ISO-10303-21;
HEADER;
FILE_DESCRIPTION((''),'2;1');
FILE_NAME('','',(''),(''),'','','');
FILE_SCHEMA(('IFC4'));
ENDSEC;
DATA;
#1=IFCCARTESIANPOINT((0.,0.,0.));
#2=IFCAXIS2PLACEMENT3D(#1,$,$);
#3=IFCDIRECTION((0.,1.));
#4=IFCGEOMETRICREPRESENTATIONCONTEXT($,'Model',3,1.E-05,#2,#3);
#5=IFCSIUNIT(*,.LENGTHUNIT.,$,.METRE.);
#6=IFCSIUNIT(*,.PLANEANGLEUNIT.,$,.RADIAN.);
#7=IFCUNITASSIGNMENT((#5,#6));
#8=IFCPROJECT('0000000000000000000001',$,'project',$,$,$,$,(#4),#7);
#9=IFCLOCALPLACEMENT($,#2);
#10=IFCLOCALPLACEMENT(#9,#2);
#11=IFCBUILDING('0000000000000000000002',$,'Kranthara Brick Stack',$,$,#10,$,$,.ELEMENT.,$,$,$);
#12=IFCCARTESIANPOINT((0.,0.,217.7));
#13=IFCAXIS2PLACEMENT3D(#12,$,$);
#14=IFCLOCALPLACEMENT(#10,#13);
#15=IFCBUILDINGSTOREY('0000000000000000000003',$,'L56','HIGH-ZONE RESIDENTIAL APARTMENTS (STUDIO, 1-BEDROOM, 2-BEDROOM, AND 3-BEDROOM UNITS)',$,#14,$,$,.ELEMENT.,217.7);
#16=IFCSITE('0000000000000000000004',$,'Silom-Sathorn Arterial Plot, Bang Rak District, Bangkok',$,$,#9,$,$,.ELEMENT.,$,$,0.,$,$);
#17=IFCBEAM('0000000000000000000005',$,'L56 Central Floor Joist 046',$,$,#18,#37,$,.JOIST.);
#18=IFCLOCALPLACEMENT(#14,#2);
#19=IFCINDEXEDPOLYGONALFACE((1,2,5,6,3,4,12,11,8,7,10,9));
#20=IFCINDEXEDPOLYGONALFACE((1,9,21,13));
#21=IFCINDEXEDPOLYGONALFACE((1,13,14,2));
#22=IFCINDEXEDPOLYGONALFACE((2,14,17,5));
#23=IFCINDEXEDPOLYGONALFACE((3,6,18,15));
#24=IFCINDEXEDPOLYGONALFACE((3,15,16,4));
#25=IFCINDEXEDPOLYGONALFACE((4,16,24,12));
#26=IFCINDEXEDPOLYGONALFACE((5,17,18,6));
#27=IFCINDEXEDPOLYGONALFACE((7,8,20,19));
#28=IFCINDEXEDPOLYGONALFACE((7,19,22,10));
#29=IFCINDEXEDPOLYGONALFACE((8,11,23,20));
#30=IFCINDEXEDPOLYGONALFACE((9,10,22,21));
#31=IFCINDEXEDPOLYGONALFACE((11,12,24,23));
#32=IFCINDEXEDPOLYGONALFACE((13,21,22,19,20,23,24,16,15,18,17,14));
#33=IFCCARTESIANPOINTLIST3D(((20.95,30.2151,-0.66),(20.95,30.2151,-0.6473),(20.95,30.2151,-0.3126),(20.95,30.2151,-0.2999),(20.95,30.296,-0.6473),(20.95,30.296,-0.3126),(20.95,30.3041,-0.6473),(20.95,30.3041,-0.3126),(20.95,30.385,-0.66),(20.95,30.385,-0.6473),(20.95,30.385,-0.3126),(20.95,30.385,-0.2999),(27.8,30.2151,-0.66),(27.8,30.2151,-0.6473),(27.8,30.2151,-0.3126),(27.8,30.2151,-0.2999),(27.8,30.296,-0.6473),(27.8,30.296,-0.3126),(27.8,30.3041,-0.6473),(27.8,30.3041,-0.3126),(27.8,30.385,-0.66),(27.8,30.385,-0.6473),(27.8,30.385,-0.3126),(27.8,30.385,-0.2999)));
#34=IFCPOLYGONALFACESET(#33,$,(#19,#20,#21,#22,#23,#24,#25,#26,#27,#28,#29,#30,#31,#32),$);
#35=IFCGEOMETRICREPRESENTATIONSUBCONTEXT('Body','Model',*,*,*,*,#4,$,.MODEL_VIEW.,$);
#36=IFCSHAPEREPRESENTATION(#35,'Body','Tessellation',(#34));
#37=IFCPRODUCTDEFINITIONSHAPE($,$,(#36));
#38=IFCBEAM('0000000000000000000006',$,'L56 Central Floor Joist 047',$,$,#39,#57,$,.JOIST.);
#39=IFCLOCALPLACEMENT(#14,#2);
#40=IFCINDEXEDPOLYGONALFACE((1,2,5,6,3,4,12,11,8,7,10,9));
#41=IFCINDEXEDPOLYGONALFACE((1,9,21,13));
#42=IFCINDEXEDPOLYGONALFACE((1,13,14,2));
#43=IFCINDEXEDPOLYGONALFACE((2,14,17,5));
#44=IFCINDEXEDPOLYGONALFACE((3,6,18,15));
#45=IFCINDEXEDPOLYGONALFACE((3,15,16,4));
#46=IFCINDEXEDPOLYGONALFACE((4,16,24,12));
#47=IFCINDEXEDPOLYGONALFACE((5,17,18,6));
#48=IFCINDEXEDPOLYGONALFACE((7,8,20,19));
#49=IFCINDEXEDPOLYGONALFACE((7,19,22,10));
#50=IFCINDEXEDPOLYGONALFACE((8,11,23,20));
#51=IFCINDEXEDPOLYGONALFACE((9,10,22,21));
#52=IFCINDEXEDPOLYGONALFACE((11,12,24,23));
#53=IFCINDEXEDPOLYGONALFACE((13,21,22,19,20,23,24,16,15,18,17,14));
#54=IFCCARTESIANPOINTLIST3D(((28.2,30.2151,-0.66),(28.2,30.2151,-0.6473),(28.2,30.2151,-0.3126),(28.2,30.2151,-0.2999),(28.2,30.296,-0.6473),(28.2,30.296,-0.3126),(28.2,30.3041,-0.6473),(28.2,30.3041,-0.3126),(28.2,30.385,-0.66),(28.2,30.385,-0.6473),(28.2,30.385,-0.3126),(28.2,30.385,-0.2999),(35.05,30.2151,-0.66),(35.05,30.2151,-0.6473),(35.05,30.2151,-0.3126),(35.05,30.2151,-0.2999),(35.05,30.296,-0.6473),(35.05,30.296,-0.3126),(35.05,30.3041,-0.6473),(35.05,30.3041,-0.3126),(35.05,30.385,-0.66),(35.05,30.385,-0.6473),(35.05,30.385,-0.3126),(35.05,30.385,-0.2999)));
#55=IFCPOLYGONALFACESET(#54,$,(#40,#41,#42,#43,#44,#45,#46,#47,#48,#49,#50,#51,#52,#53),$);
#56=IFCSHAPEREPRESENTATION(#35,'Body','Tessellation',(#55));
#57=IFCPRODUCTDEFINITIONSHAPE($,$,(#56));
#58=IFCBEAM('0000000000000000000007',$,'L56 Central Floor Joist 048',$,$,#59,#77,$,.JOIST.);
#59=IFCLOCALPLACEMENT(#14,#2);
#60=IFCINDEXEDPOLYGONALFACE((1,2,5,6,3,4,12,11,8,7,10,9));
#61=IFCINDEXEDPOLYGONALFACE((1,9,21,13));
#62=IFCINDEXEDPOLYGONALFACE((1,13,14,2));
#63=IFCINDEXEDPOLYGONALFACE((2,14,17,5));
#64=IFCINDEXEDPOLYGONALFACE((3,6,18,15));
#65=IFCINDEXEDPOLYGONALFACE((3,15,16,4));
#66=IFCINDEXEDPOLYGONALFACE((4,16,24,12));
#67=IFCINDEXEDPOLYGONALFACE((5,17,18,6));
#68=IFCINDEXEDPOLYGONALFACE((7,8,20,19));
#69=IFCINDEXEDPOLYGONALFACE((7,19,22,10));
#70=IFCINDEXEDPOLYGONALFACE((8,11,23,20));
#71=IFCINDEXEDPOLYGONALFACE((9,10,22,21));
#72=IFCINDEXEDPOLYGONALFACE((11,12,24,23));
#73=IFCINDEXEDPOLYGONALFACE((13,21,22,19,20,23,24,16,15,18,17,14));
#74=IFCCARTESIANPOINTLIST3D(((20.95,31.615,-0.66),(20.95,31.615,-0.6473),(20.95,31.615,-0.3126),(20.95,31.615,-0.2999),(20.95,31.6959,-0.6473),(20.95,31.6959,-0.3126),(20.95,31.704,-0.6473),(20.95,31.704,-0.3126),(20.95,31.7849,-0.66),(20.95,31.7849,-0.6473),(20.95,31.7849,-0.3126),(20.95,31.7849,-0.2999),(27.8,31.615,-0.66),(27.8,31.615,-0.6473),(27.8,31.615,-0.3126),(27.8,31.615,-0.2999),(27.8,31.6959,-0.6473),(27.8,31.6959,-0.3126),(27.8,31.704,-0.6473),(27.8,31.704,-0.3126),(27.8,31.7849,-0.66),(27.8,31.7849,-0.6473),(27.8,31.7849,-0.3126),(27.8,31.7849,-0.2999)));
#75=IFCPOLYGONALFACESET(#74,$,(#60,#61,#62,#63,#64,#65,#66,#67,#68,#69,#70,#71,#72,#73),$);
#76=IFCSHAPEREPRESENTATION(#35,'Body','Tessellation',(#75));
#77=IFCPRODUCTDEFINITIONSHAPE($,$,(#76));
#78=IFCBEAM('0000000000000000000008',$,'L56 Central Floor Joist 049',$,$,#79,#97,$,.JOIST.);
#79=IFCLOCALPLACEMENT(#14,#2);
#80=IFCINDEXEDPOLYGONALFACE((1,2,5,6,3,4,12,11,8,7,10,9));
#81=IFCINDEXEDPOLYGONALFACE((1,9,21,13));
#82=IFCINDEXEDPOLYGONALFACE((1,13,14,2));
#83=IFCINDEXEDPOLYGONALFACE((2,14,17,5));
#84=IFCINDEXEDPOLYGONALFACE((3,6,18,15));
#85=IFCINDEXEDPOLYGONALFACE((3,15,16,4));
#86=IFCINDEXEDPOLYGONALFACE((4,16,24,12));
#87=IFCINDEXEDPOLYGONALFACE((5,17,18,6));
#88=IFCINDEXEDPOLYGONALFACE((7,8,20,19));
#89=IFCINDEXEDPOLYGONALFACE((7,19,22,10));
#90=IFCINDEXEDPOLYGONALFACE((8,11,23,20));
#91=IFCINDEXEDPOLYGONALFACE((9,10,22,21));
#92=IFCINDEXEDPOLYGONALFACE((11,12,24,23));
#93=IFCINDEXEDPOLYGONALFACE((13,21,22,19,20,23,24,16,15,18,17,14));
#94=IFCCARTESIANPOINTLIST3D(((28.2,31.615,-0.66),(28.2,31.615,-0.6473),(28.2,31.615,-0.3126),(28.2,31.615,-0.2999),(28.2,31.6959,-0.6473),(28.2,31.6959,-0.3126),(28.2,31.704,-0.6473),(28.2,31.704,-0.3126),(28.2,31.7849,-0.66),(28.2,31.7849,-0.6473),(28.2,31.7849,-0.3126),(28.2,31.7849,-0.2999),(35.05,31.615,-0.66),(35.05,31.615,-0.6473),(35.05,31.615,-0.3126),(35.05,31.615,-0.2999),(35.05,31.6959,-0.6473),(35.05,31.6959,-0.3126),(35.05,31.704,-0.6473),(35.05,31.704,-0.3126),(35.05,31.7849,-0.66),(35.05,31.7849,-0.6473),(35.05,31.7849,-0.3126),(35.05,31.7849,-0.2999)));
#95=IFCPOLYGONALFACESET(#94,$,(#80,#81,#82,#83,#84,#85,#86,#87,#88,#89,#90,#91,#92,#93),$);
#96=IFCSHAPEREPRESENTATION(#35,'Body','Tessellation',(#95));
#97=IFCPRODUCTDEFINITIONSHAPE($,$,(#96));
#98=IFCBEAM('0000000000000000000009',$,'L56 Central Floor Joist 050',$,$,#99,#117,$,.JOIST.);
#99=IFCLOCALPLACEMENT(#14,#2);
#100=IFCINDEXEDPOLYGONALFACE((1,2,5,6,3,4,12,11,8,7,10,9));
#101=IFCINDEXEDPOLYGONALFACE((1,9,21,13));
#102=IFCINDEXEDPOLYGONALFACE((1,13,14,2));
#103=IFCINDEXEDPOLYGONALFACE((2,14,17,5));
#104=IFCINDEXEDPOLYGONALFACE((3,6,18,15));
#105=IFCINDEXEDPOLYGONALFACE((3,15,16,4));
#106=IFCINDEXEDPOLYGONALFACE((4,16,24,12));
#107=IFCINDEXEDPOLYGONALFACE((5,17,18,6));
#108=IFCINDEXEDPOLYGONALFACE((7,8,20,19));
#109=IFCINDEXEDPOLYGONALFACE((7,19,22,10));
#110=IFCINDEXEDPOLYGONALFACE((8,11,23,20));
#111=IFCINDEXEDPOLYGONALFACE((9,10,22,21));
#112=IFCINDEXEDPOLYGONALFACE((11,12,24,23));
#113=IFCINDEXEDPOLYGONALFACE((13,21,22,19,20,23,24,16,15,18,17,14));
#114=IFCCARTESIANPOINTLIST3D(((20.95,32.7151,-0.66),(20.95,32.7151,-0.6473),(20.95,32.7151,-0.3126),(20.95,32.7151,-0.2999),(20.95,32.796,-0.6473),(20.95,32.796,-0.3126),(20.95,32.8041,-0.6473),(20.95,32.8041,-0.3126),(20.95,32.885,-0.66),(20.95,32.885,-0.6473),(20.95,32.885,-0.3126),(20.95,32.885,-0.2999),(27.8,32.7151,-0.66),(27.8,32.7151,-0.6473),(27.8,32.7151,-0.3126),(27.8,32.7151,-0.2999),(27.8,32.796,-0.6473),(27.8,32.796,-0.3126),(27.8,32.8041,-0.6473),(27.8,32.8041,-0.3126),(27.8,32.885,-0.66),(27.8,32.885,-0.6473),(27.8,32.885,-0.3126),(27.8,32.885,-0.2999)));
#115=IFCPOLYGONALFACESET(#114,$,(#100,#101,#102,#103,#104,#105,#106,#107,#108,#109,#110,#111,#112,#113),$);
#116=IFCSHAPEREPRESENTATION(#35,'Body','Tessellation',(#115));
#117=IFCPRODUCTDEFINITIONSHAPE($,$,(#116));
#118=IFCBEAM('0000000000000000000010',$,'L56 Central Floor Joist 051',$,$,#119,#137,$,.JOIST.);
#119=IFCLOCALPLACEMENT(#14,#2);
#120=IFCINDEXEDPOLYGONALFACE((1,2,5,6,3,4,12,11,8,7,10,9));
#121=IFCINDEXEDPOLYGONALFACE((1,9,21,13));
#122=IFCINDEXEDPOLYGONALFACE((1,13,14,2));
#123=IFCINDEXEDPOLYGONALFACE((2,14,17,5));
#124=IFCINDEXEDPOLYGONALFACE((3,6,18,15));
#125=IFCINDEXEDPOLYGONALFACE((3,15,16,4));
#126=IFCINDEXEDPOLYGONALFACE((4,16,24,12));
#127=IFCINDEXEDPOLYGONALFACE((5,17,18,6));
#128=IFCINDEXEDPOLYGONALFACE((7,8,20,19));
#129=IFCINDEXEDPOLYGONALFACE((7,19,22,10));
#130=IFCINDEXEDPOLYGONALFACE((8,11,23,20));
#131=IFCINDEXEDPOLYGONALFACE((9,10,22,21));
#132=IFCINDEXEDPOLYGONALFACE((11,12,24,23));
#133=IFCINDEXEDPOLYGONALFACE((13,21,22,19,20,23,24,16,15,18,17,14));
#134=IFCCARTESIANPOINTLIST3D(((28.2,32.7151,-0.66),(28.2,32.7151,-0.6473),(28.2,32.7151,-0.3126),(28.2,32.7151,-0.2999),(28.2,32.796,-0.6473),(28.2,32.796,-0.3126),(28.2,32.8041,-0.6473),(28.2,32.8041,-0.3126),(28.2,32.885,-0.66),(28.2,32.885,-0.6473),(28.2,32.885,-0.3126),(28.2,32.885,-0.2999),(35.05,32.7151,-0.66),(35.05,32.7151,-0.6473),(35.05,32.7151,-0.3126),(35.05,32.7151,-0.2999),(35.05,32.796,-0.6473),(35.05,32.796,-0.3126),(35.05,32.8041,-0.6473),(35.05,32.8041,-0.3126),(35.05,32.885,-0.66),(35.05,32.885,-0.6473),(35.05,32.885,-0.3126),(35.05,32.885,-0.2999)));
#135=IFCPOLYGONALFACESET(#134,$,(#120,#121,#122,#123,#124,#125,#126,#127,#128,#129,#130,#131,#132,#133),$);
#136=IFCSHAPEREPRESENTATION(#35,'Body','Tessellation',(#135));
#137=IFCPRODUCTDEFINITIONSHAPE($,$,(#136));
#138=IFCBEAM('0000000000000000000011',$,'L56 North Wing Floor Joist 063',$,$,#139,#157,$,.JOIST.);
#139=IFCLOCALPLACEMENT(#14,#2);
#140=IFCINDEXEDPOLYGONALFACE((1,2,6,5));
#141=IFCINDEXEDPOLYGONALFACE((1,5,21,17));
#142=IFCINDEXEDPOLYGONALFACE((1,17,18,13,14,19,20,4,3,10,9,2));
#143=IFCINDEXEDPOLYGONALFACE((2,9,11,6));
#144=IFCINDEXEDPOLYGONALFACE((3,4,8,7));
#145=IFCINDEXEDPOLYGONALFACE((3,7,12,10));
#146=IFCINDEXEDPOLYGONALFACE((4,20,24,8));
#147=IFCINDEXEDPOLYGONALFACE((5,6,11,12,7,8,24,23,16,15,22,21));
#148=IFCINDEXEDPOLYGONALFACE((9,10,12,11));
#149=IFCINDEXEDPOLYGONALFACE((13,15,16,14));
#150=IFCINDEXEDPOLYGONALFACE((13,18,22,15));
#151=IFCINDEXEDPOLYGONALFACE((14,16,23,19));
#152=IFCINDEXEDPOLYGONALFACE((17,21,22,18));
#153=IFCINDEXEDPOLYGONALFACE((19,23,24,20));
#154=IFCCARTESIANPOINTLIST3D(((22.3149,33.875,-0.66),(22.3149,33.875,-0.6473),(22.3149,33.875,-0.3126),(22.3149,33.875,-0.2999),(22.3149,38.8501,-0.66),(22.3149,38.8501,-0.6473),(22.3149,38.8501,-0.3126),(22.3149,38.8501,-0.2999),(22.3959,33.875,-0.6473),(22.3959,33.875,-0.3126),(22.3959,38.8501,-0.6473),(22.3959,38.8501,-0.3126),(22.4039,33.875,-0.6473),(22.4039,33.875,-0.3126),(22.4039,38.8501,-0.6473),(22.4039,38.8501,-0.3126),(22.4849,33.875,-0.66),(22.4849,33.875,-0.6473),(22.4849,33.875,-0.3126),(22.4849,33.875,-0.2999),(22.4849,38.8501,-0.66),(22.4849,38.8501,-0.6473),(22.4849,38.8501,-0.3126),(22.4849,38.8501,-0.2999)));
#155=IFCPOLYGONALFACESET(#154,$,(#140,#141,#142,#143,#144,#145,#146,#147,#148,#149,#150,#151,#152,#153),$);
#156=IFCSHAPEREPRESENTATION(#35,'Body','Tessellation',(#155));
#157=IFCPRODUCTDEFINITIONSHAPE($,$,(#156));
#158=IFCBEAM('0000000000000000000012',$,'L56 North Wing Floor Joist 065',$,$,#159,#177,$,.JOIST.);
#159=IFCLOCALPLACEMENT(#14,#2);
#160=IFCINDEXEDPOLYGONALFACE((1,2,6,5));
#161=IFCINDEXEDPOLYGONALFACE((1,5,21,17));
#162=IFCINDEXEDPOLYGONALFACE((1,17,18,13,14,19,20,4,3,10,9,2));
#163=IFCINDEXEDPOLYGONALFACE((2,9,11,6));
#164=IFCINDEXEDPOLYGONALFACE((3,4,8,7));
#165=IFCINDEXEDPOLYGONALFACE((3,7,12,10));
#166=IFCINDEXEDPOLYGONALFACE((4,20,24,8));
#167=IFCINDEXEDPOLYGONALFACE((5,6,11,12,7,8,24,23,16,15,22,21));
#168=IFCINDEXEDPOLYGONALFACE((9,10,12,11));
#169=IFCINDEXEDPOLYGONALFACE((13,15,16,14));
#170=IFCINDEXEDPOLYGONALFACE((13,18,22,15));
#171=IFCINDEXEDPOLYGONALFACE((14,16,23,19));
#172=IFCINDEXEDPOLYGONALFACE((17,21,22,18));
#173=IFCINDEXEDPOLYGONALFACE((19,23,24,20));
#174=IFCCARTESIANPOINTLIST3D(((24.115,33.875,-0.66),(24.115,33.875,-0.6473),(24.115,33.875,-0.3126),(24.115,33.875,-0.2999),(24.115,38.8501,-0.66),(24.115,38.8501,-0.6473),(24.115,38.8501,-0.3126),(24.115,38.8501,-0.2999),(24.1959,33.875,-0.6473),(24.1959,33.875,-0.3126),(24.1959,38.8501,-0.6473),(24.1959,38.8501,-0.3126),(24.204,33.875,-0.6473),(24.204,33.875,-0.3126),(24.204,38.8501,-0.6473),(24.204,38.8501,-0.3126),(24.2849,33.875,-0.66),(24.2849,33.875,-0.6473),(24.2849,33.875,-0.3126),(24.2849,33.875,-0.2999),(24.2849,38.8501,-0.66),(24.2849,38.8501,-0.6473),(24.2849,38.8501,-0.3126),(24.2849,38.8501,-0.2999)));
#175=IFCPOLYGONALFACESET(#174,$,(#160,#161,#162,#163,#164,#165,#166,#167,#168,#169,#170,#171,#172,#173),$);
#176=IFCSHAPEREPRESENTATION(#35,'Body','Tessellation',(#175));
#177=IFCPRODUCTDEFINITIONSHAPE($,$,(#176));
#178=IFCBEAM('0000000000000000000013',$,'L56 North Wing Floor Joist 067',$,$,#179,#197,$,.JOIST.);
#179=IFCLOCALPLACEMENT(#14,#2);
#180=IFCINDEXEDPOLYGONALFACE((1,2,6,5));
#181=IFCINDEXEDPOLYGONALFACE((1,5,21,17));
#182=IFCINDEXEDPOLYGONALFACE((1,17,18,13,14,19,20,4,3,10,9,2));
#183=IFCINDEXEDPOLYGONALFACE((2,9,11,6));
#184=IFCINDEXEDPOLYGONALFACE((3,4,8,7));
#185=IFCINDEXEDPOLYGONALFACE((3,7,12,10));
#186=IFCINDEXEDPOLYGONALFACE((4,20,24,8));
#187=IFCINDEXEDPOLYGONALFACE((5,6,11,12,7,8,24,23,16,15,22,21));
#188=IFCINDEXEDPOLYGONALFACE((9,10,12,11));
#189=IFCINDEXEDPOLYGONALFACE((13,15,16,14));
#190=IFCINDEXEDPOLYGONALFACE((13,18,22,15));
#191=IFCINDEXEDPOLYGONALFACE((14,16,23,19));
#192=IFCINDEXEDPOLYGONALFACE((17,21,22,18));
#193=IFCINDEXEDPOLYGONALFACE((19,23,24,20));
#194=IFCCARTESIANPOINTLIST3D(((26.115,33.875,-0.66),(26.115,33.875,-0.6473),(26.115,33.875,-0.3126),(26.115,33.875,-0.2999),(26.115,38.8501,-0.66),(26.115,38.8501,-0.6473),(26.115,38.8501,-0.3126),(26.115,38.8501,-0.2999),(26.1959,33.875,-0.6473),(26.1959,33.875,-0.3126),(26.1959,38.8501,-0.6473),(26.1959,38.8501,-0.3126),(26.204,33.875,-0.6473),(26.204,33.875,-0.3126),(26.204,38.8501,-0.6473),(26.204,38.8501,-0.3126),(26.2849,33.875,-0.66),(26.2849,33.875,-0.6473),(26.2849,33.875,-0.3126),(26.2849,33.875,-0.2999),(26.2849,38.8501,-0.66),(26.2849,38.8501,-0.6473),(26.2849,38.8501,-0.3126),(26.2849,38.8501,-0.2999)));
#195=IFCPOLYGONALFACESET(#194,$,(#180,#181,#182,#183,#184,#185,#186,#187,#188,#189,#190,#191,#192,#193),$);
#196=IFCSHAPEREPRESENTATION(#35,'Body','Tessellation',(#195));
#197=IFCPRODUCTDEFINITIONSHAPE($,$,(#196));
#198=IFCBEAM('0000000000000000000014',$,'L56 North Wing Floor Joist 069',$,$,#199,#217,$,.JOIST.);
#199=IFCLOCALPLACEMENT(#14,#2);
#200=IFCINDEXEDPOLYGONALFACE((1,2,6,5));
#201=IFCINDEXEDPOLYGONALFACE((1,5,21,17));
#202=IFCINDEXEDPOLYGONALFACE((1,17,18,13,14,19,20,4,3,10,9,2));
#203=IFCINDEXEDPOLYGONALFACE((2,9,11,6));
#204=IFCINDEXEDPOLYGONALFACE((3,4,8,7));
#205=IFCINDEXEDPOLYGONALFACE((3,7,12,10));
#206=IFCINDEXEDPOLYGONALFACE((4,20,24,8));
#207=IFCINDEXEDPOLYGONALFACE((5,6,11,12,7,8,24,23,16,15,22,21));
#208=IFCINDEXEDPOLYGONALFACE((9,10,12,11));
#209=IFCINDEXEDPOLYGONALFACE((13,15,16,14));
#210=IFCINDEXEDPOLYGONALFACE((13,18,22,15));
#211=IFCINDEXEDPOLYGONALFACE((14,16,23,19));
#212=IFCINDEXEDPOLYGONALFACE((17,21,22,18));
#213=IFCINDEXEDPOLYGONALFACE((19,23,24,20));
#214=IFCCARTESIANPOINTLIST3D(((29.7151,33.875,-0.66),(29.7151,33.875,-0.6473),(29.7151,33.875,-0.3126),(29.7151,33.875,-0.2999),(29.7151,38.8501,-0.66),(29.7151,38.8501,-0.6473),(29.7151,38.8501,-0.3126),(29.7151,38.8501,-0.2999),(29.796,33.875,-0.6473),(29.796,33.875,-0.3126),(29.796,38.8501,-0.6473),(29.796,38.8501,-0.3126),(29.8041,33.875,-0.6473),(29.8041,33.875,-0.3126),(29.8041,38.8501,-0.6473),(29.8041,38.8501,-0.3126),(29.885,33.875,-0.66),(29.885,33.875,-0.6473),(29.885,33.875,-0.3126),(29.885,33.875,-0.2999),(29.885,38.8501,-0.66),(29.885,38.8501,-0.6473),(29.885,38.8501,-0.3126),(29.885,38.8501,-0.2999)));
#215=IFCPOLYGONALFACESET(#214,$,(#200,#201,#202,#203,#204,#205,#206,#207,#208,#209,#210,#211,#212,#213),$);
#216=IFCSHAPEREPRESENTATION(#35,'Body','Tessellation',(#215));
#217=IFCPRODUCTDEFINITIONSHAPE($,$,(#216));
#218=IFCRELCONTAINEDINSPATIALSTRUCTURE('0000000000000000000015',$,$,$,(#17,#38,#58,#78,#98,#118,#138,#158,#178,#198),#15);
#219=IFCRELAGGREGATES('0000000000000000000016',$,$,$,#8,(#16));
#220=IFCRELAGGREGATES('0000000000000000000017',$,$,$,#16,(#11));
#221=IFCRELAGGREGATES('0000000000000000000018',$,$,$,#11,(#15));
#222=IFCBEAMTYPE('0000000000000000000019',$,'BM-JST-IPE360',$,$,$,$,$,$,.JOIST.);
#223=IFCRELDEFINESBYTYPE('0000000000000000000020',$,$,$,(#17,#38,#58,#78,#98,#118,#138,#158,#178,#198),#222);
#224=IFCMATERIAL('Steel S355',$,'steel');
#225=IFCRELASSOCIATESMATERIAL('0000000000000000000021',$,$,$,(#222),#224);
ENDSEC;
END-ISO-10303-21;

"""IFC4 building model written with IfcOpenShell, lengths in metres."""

from ifc_helpers import new_model, si_unit, direction, frame, origin, origin_2d, place, context, subcontext, project, spatial, i_section, extrude, material, material_profile, profile_set, type_object, element, save


model = new_model("IFC4")

# Units and contexts
model_context = context("Model", 3, precision=1e-05, world=origin(), true_north=direction((0.0, 1.0)))
body_context = subcontext(model_context, "Body", "Model", "MODEL_VIEW")
ifc_project = project(units=[si_unit("LENGTHUNIT", "METRE"), si_unit("PLANEANGLEUNIT", "RADIAN")], contexts=[model_context])

# Site, building, storey
site_placement = place(None, origin())
site = spatial("IfcSite", under=ifc_project, at=site_placement, Name="Silom-Sathorn Arterial Plot, Bang Rak District, Bangkok", CompositionType="ELEMENT", RefElevation=0.0)
building_placement = place(site_placement, origin())
building = spatial("IfcBuilding", under=site, at=building_placement, Name="Kranthara Brick Stack", CompositionType="ELEMENT")
storey_placement = place(building_placement, frame((0.0, 0.0, 217.7)))
storey = spatial("IfcBuildingStorey", under=building, at=storey_placement, Name="L56", Description="HIGH-ZONE RESIDENTIAL APARTMENTS (STUDIO, 1-BEDROOM, 2-BEDROOM, AND 3-BEDROOM UNITS)", CompositionType="ELEMENT", Elevation=217.7)

# Beams
ifc_material_1 = material(Name="Steel S355", Category="steel")
ifc_material_profile_1 = material_profile(ifc_material_1, i_section(OverallWidth=0.1699, OverallDepth=0.3601, WebThickness=0.0081, FlangeThickness=0.0127, at=origin_2d()), Name="IPE 360")
ifc_profile_set_1 = profile_set([ifc_material_profile_1], Name="Steel S355")
beam_type_1 = type_object("IfcBeamType", Name="BM-JST-IPE360", PredefinedType="JOIST", material=ifc_profile_set_1)
for number, where, z_axis, x_axis, name in (
    (1, (20.95, 30.3, -0.48), (1.0, 0.0, 0.0), (0.0, 1.0, 0.0), "L56 Central Floor Joist 046"),
    (2, (28.2, 30.3, -0.48), (1.0, 0.0, 0.0), (0.0, 1.0, 0.0), "L56 Central Floor Joist 047"),
    (3, (20.95, 31.7, -0.48), (1.0, 0.0, 0.0), (0.0, 1.0, 0.0), "L56 Central Floor Joist 048"),
    (4, (28.2, 31.7, -0.48), (1.0, 0.0, 0.0), (0.0, 1.0, 0.0), "L56 Central Floor Joist 049"),
    (5, (20.95, 32.8, -0.48), (1.0, 0.0, 0.0), (0.0, 1.0, 0.0), "L56 Central Floor Joist 050"),
    (6, (28.2, 32.8, -0.48), (1.0, 0.0, 0.0), (0.0, 1.0, 0.0), "L56 Central Floor Joist 051"),
):
    element("IfcBeam", number, at=place(storey_placement, frame(where, z_axis=z_axis, x_axis=x_axis)), inside=storey, type_object=beam_type_1, Name=name, PredefinedType="JOIST", context=body_context, shape_type="SweptSolid", body=[
        extrude(i_section(OverallWidth=0.1699, OverallDepth=0.3601, WebThickness=0.0081, FlangeThickness=0.0127, at=origin_2d()), origin(), (0.0, 0.0, 1.0), 6.8501),
    ])
for number, where, z_axis, x_axis, name in (
    (7, (22.3999, 33.875, -0.48), (0.0, 1.0, 0.0), (-1.0, 0.0, 0.0), "L56 North Wing Floor Joist 063"),
    (8, (24.2, 33.875, -0.48), (0.0, 1.0, 0.0), (-1.0, 0.0, 0.0), "L56 North Wing Floor Joist 065"),
    (9, (26.2, 33.875, -0.48), (0.0, 1.0, 0.0), (-1.0, 0.0, 0.0), "L56 North Wing Floor Joist 067"),
    (10, (29.8, 33.875, -0.48), (0.0, 1.0, 0.0), (-1.0, 0.0, 0.0), "L56 North Wing Floor Joist 069"),
):
    element("IfcBeam", number, at=place(storey_placement, frame(where, z_axis=z_axis, x_axis=x_axis)), inside=storey, type_object=beam_type_1, Name=name, PredefinedType="JOIST", context=body_context, shape_type="SweptSolid", body=[
        extrude(i_section(OverallWidth=0.1699, OverallDepth=0.3601, WebThickness=0.0081, FlangeThickness=0.0127, at=origin_2d()), origin(), (0.0, 0.0, 1.0), 4.9751),
    ])

save(model, "model.ifc")
